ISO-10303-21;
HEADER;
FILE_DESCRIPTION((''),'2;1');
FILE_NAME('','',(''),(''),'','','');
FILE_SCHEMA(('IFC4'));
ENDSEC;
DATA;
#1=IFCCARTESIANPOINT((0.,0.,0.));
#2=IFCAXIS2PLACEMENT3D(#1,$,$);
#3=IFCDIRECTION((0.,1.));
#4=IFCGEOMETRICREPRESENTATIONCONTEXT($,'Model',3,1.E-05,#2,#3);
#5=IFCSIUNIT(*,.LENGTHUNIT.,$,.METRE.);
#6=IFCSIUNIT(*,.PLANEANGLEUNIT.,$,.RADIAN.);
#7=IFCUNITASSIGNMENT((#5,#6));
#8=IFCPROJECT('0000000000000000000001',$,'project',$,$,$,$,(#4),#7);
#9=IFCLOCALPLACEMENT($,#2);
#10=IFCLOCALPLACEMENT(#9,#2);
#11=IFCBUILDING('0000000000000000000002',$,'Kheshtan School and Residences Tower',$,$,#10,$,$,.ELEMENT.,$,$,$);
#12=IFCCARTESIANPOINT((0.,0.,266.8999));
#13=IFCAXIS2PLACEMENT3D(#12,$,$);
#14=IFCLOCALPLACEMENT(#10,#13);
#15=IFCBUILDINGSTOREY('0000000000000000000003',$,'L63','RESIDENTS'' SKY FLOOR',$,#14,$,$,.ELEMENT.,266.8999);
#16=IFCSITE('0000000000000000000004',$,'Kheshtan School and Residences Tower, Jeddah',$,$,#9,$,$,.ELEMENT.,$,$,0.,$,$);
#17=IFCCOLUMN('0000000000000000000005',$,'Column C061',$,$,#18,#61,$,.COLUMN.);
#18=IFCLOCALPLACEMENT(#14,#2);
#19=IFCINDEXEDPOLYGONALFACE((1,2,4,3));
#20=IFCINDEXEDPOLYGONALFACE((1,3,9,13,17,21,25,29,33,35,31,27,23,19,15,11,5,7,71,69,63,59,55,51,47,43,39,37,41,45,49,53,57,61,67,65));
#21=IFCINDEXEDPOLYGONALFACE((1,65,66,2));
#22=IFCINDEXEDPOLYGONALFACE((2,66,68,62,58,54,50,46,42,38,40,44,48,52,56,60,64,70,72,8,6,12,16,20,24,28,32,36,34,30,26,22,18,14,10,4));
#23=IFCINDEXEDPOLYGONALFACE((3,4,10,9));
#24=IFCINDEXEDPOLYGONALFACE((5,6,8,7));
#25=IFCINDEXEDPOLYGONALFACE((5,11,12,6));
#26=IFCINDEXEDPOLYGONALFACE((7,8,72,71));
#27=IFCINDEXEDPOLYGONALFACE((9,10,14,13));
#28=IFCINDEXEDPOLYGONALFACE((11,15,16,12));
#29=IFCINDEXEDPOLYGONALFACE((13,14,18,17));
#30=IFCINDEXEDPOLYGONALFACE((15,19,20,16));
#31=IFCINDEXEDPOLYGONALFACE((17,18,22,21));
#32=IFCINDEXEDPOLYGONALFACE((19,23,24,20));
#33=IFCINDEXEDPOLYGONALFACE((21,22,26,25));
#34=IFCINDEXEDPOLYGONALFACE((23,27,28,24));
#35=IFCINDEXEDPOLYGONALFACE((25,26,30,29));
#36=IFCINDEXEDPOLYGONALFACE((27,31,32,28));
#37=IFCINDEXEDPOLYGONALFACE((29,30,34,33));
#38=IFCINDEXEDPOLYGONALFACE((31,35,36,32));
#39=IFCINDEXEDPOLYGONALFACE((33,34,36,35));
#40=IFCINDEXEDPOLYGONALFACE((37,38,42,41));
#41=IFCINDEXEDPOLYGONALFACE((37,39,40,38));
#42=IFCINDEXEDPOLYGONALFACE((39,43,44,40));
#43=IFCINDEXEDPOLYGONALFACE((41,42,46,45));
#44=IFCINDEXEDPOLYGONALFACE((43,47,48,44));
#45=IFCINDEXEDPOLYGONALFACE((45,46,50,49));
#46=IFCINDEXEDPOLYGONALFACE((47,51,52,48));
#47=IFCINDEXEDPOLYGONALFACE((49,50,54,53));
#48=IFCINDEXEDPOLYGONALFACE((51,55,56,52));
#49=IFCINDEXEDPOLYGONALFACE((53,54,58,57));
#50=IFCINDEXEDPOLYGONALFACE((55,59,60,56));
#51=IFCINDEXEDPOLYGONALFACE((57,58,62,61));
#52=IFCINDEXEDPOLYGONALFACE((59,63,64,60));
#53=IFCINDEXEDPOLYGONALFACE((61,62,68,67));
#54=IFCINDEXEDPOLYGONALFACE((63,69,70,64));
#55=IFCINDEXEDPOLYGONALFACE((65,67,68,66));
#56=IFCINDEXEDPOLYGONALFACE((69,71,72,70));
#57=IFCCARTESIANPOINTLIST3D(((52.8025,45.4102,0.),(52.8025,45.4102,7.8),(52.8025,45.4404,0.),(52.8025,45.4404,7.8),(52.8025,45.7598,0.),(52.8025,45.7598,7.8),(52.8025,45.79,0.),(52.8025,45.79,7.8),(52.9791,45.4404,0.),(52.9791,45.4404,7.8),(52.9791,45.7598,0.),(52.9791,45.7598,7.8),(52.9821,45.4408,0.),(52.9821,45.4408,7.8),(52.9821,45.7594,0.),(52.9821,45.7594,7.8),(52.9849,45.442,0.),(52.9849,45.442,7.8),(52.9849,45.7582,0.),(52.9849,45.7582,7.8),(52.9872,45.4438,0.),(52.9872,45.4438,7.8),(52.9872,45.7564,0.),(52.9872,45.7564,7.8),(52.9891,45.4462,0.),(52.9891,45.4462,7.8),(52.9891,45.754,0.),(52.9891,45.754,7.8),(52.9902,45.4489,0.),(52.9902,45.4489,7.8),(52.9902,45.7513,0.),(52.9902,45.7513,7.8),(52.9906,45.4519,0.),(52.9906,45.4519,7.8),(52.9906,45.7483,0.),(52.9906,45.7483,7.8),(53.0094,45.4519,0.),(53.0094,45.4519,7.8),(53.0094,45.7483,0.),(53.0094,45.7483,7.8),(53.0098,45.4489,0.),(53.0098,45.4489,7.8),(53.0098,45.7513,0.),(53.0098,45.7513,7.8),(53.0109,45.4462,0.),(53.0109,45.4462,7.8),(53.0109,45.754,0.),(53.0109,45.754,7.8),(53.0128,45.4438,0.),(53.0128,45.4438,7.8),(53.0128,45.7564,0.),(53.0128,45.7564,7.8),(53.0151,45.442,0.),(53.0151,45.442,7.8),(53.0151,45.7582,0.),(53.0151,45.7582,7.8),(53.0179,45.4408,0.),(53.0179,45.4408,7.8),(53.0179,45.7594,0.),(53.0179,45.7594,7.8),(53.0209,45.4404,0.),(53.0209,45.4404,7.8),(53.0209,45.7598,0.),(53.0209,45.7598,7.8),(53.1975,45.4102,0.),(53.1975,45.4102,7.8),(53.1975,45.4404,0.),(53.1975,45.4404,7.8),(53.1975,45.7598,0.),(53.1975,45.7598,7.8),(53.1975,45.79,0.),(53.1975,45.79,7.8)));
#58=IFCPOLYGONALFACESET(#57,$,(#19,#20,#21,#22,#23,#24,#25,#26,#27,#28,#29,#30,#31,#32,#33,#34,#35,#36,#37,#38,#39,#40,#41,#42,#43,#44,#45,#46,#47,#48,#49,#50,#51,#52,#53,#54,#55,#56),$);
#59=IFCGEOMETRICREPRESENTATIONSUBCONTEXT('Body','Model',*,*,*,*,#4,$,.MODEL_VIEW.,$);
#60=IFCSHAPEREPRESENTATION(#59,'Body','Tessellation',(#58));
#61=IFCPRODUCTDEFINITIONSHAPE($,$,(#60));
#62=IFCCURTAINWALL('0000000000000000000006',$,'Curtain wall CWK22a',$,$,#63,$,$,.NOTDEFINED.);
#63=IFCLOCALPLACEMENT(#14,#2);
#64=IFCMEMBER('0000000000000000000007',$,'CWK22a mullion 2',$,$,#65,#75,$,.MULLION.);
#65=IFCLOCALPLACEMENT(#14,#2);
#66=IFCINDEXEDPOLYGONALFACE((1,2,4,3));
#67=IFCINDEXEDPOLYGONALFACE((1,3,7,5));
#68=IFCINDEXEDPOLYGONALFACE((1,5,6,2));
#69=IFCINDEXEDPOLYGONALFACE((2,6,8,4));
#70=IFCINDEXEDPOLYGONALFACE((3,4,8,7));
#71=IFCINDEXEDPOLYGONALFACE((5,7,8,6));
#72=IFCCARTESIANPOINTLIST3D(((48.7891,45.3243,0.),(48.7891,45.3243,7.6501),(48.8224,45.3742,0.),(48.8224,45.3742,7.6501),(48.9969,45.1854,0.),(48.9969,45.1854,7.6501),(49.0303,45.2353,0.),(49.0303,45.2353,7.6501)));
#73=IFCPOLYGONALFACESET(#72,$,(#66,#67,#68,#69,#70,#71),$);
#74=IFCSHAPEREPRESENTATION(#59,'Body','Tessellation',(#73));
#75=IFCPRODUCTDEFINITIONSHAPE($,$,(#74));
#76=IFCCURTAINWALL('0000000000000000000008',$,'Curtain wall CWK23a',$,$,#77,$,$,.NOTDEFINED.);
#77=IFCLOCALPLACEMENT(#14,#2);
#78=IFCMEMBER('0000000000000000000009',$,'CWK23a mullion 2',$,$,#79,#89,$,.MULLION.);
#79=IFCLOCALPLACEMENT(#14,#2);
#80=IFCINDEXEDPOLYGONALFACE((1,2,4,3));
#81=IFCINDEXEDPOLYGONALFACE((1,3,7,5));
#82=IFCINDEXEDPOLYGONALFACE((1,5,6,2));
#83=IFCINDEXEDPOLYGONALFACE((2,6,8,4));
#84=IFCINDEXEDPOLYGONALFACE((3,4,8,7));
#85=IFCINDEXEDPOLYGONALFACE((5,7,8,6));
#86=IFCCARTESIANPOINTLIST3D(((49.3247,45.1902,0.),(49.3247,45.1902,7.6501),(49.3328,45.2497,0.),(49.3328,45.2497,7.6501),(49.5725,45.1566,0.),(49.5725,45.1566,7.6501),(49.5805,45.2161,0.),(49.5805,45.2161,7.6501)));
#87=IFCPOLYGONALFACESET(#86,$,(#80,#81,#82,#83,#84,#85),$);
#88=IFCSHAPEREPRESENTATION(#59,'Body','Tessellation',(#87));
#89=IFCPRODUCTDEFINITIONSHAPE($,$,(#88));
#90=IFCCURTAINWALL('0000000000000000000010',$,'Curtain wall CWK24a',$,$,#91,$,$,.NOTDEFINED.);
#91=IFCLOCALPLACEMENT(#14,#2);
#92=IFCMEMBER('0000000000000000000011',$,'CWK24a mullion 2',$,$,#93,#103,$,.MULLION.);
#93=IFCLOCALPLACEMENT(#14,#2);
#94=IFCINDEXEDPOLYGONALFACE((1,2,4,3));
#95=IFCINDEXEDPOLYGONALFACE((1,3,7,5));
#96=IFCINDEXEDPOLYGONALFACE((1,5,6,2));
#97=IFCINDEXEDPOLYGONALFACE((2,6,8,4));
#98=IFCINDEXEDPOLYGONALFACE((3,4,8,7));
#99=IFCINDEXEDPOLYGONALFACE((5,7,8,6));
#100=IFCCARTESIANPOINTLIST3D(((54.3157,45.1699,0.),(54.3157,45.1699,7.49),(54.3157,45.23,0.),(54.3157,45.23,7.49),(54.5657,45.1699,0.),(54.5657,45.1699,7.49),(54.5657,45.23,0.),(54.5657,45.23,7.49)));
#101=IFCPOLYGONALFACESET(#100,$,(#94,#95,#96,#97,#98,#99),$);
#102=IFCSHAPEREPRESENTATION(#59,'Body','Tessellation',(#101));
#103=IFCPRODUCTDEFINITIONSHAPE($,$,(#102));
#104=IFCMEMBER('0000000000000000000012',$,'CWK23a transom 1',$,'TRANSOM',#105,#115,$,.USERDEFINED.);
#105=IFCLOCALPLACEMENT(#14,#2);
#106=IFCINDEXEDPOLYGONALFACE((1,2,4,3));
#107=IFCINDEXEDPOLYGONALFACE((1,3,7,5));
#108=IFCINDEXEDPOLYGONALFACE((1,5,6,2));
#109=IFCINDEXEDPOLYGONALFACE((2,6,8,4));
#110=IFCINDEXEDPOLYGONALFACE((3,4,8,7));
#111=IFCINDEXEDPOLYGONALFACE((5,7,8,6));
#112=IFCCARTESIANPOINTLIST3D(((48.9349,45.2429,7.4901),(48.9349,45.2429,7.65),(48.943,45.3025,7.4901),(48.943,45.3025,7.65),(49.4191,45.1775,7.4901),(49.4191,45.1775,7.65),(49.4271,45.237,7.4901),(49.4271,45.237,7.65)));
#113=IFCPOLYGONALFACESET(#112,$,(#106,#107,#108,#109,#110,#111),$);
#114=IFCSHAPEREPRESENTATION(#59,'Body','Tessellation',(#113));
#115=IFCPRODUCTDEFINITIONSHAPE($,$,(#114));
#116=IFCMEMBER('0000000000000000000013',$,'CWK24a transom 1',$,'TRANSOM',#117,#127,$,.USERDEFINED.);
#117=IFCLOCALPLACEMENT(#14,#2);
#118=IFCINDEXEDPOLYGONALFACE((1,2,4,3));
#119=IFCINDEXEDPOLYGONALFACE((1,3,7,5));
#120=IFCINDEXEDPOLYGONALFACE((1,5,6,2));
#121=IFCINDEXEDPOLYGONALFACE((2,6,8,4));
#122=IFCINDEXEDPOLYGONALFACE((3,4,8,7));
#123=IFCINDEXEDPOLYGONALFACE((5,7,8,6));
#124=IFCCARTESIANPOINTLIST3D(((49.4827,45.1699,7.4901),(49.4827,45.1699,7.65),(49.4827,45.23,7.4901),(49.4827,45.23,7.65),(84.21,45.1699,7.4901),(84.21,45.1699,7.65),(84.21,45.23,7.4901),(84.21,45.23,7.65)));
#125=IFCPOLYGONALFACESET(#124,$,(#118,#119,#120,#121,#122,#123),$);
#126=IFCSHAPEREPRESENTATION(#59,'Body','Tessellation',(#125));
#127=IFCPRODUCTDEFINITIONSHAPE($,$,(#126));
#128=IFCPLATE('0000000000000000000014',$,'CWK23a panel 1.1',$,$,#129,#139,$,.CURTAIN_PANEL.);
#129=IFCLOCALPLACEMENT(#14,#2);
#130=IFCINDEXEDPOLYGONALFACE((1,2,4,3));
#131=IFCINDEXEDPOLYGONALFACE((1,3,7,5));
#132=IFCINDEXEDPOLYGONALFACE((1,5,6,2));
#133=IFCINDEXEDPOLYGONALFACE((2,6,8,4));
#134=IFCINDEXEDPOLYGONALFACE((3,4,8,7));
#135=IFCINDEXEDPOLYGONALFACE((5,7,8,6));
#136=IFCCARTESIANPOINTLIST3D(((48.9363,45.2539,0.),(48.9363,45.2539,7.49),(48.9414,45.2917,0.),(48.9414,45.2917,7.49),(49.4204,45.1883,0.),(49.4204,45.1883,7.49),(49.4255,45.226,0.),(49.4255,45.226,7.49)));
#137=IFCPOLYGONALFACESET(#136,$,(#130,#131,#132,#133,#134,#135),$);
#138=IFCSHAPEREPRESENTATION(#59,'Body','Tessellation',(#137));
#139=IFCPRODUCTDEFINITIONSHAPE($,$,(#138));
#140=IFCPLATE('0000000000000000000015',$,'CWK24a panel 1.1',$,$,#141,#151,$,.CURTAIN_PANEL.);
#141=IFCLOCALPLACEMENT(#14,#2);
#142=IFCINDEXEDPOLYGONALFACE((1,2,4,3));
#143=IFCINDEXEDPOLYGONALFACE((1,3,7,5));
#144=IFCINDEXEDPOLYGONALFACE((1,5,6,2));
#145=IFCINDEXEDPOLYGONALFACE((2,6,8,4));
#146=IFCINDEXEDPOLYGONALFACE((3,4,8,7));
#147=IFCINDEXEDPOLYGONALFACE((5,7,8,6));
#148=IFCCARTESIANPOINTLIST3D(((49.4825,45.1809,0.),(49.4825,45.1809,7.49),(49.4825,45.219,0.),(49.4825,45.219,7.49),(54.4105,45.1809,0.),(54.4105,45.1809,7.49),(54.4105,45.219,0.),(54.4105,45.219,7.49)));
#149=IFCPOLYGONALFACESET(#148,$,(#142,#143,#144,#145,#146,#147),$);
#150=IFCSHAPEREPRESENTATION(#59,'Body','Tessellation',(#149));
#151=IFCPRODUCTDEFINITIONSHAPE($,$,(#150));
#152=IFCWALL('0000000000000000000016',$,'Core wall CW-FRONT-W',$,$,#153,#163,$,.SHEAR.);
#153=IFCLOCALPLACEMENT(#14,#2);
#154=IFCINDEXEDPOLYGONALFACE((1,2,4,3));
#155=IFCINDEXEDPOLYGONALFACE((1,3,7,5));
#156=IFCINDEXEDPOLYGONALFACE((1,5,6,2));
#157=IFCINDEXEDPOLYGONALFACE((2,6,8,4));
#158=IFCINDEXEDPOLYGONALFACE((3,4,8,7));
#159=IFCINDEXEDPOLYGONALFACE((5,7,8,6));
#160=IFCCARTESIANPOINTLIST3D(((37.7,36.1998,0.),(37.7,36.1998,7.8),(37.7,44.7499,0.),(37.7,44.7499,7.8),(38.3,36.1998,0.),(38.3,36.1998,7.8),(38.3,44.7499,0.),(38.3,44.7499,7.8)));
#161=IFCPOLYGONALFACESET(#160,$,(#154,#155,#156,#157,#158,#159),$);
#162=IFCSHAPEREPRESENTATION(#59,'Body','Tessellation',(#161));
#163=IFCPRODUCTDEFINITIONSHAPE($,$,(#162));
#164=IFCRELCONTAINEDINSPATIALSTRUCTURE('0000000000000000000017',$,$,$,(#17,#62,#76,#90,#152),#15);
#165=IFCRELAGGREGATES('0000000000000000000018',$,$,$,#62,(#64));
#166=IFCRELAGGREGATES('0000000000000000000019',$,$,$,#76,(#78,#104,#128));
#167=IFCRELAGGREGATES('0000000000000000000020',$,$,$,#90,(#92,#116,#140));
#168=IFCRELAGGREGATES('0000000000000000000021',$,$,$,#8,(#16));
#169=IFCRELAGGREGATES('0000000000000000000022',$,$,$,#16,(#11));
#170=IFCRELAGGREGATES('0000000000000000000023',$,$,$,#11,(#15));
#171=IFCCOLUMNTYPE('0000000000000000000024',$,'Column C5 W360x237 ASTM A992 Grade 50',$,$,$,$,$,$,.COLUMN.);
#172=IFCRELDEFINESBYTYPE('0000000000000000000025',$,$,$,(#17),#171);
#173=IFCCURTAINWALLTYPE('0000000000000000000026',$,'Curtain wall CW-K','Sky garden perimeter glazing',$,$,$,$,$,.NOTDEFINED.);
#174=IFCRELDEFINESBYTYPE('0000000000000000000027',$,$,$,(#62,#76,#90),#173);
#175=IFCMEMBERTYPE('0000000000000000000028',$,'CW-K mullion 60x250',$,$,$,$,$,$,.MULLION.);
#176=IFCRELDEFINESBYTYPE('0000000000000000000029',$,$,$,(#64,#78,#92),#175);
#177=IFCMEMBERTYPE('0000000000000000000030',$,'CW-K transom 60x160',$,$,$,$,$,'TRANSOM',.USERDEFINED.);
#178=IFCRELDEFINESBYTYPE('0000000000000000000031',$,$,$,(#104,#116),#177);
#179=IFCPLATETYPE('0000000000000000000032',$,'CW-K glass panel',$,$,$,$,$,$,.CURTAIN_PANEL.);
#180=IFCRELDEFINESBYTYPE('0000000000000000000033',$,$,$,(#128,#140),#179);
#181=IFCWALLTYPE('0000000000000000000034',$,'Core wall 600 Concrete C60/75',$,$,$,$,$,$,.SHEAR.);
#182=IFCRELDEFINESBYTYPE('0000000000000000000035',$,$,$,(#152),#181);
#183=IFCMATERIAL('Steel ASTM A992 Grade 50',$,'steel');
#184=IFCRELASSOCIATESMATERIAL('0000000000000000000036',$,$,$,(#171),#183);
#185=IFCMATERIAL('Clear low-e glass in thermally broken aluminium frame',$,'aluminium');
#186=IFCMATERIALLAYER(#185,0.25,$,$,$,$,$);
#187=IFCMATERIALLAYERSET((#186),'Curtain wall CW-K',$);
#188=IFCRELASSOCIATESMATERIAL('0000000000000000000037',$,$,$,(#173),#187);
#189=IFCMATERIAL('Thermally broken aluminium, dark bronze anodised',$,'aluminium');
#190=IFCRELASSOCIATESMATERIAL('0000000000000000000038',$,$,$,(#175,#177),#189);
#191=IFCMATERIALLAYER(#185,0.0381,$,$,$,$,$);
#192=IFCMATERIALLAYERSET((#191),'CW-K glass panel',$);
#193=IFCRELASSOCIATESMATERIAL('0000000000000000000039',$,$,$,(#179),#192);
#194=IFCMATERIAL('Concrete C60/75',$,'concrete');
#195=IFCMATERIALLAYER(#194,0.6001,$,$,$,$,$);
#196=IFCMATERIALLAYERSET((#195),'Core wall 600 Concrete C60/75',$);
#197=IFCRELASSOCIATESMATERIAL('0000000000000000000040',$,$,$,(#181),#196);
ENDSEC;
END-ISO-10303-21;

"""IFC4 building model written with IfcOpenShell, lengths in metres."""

from ifc_helpers import new_model, si_unit, direction, frame, frame_2d, origin, origin_2d, place, context, subcontext, project, spatial, rectangle, i_section, extrude, material, layer, layer_set, material_profile, profile_set, type_object, element, aggregate, save


model = new_model("IFC4")

# Units and contexts
model_context = context("Model", 3, precision=1e-05, world=origin(), true_north=direction((0.0, 1.0)))
body_context = subcontext(model_context, "Body", "Model", "MODEL_VIEW")
ifc_project = project(units=[si_unit("LENGTHUNIT", "METRE"), si_unit("PLANEANGLEUNIT", "RADIAN")], contexts=[model_context])

# Site, building, storey
site_placement = place(None, origin())
site = spatial("IfcSite", under=ifc_project, at=site_placement, Name="Kheshtan School and Residences Tower, Jeddah", CompositionType="ELEMENT", RefElevation=0.0)
building_placement = place(site_placement, origin())
building = spatial("IfcBuilding", under=site, at=building_placement, Name="Kheshtan School and Residences Tower", CompositionType="ELEMENT")
storey_placement = place(building_placement, frame((0.0, 0.0, 266.8999)))
storey = spatial("IfcBuildingStorey", under=building, at=storey_placement, Name="L63", Description="RESIDENTS' SKY FLOOR", CompositionType="ELEMENT", Elevation=266.8999)

# Column
ifc_material_1 = material(Name="Steel ASTM A992 Grade 50", Category="steel")
ifc_material_profile_1 = material_profile(ifc_material_1, i_section(OverallWidth=0.395, OverallDepth=0.3799, WebThickness=0.0188, FlangeThickness=0.0303, FilletRadius=0.0115, at=origin_2d()), Name="W360x237")
ifc_profile_set_1 = profile_set([ifc_material_profile_1], Name="Steel ASTM A992 Grade 50")
column_type = type_object("IfcColumnType", Name="Column C5 W360x237 ASTM A992 Grade 50", PredefinedType="COLUMN", material=ifc_profile_set_1)
column_placement = place(storey_placement, frame((53.0, 45.6001, 0.0), z_axis=(0.0, 0.0, 1.0), x_axis=(1.0, 0.0, 0.0)))
element("IfcColumn", 1, at=column_placement, inside=storey, type_object=column_type, Name="Column C061", PredefinedType="COLUMN", context=body_context, shape_type="SweptSolid", body=[
    extrude(i_section(OverallWidth=0.395, OverallDepth=0.3799, WebThickness=0.0188, FlangeThickness=0.0303, FilletRadius=0.0115, at=origin_2d()), origin(), (0.0, 0.0, 1.0), 7.8),
])

# Curtain walls, members
ifc_material_2 = material(Name="Clear low-e glass in thermally broken aluminium frame", Category="aluminium")
ifc_layer_1 = layer(ifc_material_2, 0.25)
ifc_layer_set_1 = layer_set([ifc_layer_1], Name="Curtain wall CW-K")
curtain_wall_type = type_object("IfcCurtainWallType", Name="Curtain wall CW-K", Description="Sky garden perimeter glazing", PredefinedType="NOTDEFINED", material=ifc_layer_set_1)
curtain_wall_1_placement = place(storey_placement, origin())
curtain_wall_1 = element("IfcCurtainWall", 2, at=curtain_wall_1_placement, inside=storey, type_object=curtain_wall_type, Name="Curtain wall CWK22a", PredefinedType="NOTDEFINED")
ifc_material_3 = material(Name="Thermally broken aluminium, dark bronze anodised", Category="aluminium")
ifc_material_profile_2 = material_profile(ifc_material_3, rectangle(XDim=0.0601, YDim=0.25, at=origin_2d()), Name="CW-K mullion 60x250")
ifc_profile_set_2 = profile_set([ifc_material_profile_2], Name="Thermally broken aluminium, dark bronze anodised")
member_type_1 = type_object("IfcMemberType", Name="CW-K mullion 60x250", PredefinedType="MULLION", material=ifc_profile_set_2)
member_1_placement = place(storey_placement, frame((48.9097, 45.2798, 0.0), z_axis=(0.0, 0.0, 1.0), x_axis=(0.555745, 0.831353, 0.0)))
member_1 = element("IfcMember", 3, at=member_1_placement, type_object=member_type_1, Name="CWK22a mullion 2", PredefinedType="MULLION", context=body_context, shape_type="SweptSolid", body=[
    extrude(rectangle(XDim=0.0601, YDim=0.25, at=origin_2d()), origin(), (0.0, 0.0, 1.0), 7.6501),
])
aggregate(curtain_wall_1, [member_1])
curtain_wall_2_placement = place(storey_placement, origin())
curtain_wall_2 = element("IfcCurtainWall", 4, at=curtain_wall_2_placement, inside=storey, type_object=curtain_wall_type, Name="Curtain wall CWK23a", PredefinedType="NOTDEFINED")
member_2_placement = place(storey_placement, frame((49.4526, 45.2031, 0.0), z_axis=(0.0, 0.0, 1.0), x_axis=(0.134364, 0.990932, 0.0)))
member_2 = element("IfcMember", 5, at=member_2_placement, type_object=member_type_1, Name="CWK23a mullion 2", PredefinedType="MULLION", context=body_context, shape_type="SweptSolid", body=[
    extrude(rectangle(XDim=0.0601, YDim=0.25, at=origin_2d()), origin(), (0.0, 0.0, 1.0), 7.6501),
])
curtain_wall_3_placement = place(storey_placement, origin())
curtain_wall_3 = element("IfcCurtainWall", 6, at=curtain_wall_3_placement, inside=storey, type_object=curtain_wall_type, Name="Curtain wall CWK24a", PredefinedType="NOTDEFINED")
member_3_placement = place(storey_placement, frame((54.4407, 45.2, 0.0), z_axis=(0.0, 0.0, 1.0), x_axis=(0.0, 1.0, 0.0)))
member_3 = element("IfcMember", 7, at=member_3_placement, type_object=member_type_1, Name="CWK24a mullion 2", PredefinedType="MULLION", context=body_context, shape_type="SweptSolid", body=[
    extrude(rectangle(XDim=0.0601, YDim=0.25, at=origin_2d()), origin(), (0.0, 0.0, 1.0), 7.49),
])

# Members
ifc_material_profile_3 = material_profile(ifc_material_3, rectangle(XDim=0.0601, YDim=0.1599, at=origin_2d()), Name="CW-K transom 60x160")
ifc_profile_set_3 = profile_set([ifc_material_profile_3], Name="Thermally broken aluminium, dark bronze anodised")
member_type_2 = type_object("IfcMemberType", Name="CW-K transom 60x160", ElementType="TRANSOM", PredefinedType="USERDEFINED", material=ifc_profile_set_3)
member_4_placement = place(storey_placement, frame((48.939, 45.2727, 7.5701), z_axis=(0.990991, -0.133931, 0.0), x_axis=(0.133931, 0.990991, 0.0)))
member_4 = element("IfcMember", 8, at=member_4_placement, type_object=member_type_2, Name="CWK23a transom 1", ObjectType="TRANSOM", PredefinedType="USERDEFINED", context=body_context, shape_type="SweptSolid", body=[
    extrude(rectangle(XDim=0.0601, YDim=0.1599, at=origin_2d()), origin(), (0.0, 0.0, 1.0), 0.4885),
])
member_5_placement = place(storey_placement, frame((49.4827, 45.2, 7.5701), z_axis=(1.0, 0.0, 0.0), x_axis=(0.0, 1.0, 0.0)))
member_5 = element("IfcMember", 9, at=member_5_placement, type_object=member_type_2, Name="CWK24a transom 1", ObjectType="TRANSOM", PredefinedType="USERDEFINED", context=body_context, shape_type="SweptSolid", body=[
    extrude(rectangle(XDim=0.0601, YDim=0.1599, at=origin_2d()), origin(), (0.0, 0.0, 1.0), 34.7273),
])

# Plates
ifc_layer_2 = layer(ifc_material_2, 0.0381)
ifc_layer_set_2 = layer_set([ifc_layer_2], Name="CW-K glass panel")
plate_type = type_object("IfcPlateType", Name="CW-K glass panel", PredefinedType="CURTAIN_PANEL", material=ifc_layer_set_2)
plate_1_placement = place(storey_placement, frame((49.1809, 45.24, 0.0), z_axis=(0.0, 0.0, 1.0), x_axis=(0.990932, -0.134364, 0.0)))
plate_1 = element("IfcPlate", 10, at=plate_1_placement, type_object=plate_type, Name="CWK23a panel 1.1", PredefinedType="CURTAIN_PANEL", context=body_context, shape_type="SweptSolid", body=[
    extrude(rectangle(XDim=0.4885, YDim=0.0381, at=origin_2d()), origin(), (0.0, 0.0, 1.0), 7.49),
])
aggregate(curtain_wall_2, [member_2, member_4, plate_1])
plate_2_placement = place(storey_placement, frame((51.9465, 45.2, 0.0), z_axis=(0.0, 0.0, 1.0), x_axis=(1.0, 0.0, 0.0)))
plate_2 = element("IfcPlate", 11, at=plate_2_placement, type_object=plate_type, Name="CWK24a panel 1.1", PredefinedType="CURTAIN_PANEL", context=body_context, shape_type="SweptSolid", body=[
    extrude(rectangle(XDim=4.928, YDim=0.0381, at=origin_2d()), origin(), (0.0, 0.0, 1.0), 7.49),
])
aggregate(curtain_wall_3, [member_3, member_5, plate_2])

# Wall
ifc_material_4 = material(Name="Concrete C60/75", Category="concrete")
ifc_layer_3 = layer(ifc_material_4, 0.6001)
ifc_layer_set_3 = layer_set([ifc_layer_3], Name="Core wall 600 Concrete C60/75")
wall_type_1 = type_object("IfcWallType", Name="Core wall 600 Concrete C60/75", PredefinedType="SHEAR", material=ifc_layer_set_3)
wall_1_placement = place(storey_placement, frame((38.0, 36.2, 0.0), z_axis=(0.0, 0.0, 1.0), x_axis=(0.0, 1.0, 0.0)))
element("IfcWall", 12, at=wall_1_placement, inside=storey, type_object=wall_type_1, Name="Core wall CW-FRONT-W", PredefinedType="SHEAR", context=body_context, shape_type="SweptSolid", body=[
    extrude(rectangle(XDim=8.55, YDim=0.6001, at=frame_2d((4.2749, 0.0))), origin(), (0.0, 0.0, 1.0), 7.8),
])

save(model, "model.ifc")
